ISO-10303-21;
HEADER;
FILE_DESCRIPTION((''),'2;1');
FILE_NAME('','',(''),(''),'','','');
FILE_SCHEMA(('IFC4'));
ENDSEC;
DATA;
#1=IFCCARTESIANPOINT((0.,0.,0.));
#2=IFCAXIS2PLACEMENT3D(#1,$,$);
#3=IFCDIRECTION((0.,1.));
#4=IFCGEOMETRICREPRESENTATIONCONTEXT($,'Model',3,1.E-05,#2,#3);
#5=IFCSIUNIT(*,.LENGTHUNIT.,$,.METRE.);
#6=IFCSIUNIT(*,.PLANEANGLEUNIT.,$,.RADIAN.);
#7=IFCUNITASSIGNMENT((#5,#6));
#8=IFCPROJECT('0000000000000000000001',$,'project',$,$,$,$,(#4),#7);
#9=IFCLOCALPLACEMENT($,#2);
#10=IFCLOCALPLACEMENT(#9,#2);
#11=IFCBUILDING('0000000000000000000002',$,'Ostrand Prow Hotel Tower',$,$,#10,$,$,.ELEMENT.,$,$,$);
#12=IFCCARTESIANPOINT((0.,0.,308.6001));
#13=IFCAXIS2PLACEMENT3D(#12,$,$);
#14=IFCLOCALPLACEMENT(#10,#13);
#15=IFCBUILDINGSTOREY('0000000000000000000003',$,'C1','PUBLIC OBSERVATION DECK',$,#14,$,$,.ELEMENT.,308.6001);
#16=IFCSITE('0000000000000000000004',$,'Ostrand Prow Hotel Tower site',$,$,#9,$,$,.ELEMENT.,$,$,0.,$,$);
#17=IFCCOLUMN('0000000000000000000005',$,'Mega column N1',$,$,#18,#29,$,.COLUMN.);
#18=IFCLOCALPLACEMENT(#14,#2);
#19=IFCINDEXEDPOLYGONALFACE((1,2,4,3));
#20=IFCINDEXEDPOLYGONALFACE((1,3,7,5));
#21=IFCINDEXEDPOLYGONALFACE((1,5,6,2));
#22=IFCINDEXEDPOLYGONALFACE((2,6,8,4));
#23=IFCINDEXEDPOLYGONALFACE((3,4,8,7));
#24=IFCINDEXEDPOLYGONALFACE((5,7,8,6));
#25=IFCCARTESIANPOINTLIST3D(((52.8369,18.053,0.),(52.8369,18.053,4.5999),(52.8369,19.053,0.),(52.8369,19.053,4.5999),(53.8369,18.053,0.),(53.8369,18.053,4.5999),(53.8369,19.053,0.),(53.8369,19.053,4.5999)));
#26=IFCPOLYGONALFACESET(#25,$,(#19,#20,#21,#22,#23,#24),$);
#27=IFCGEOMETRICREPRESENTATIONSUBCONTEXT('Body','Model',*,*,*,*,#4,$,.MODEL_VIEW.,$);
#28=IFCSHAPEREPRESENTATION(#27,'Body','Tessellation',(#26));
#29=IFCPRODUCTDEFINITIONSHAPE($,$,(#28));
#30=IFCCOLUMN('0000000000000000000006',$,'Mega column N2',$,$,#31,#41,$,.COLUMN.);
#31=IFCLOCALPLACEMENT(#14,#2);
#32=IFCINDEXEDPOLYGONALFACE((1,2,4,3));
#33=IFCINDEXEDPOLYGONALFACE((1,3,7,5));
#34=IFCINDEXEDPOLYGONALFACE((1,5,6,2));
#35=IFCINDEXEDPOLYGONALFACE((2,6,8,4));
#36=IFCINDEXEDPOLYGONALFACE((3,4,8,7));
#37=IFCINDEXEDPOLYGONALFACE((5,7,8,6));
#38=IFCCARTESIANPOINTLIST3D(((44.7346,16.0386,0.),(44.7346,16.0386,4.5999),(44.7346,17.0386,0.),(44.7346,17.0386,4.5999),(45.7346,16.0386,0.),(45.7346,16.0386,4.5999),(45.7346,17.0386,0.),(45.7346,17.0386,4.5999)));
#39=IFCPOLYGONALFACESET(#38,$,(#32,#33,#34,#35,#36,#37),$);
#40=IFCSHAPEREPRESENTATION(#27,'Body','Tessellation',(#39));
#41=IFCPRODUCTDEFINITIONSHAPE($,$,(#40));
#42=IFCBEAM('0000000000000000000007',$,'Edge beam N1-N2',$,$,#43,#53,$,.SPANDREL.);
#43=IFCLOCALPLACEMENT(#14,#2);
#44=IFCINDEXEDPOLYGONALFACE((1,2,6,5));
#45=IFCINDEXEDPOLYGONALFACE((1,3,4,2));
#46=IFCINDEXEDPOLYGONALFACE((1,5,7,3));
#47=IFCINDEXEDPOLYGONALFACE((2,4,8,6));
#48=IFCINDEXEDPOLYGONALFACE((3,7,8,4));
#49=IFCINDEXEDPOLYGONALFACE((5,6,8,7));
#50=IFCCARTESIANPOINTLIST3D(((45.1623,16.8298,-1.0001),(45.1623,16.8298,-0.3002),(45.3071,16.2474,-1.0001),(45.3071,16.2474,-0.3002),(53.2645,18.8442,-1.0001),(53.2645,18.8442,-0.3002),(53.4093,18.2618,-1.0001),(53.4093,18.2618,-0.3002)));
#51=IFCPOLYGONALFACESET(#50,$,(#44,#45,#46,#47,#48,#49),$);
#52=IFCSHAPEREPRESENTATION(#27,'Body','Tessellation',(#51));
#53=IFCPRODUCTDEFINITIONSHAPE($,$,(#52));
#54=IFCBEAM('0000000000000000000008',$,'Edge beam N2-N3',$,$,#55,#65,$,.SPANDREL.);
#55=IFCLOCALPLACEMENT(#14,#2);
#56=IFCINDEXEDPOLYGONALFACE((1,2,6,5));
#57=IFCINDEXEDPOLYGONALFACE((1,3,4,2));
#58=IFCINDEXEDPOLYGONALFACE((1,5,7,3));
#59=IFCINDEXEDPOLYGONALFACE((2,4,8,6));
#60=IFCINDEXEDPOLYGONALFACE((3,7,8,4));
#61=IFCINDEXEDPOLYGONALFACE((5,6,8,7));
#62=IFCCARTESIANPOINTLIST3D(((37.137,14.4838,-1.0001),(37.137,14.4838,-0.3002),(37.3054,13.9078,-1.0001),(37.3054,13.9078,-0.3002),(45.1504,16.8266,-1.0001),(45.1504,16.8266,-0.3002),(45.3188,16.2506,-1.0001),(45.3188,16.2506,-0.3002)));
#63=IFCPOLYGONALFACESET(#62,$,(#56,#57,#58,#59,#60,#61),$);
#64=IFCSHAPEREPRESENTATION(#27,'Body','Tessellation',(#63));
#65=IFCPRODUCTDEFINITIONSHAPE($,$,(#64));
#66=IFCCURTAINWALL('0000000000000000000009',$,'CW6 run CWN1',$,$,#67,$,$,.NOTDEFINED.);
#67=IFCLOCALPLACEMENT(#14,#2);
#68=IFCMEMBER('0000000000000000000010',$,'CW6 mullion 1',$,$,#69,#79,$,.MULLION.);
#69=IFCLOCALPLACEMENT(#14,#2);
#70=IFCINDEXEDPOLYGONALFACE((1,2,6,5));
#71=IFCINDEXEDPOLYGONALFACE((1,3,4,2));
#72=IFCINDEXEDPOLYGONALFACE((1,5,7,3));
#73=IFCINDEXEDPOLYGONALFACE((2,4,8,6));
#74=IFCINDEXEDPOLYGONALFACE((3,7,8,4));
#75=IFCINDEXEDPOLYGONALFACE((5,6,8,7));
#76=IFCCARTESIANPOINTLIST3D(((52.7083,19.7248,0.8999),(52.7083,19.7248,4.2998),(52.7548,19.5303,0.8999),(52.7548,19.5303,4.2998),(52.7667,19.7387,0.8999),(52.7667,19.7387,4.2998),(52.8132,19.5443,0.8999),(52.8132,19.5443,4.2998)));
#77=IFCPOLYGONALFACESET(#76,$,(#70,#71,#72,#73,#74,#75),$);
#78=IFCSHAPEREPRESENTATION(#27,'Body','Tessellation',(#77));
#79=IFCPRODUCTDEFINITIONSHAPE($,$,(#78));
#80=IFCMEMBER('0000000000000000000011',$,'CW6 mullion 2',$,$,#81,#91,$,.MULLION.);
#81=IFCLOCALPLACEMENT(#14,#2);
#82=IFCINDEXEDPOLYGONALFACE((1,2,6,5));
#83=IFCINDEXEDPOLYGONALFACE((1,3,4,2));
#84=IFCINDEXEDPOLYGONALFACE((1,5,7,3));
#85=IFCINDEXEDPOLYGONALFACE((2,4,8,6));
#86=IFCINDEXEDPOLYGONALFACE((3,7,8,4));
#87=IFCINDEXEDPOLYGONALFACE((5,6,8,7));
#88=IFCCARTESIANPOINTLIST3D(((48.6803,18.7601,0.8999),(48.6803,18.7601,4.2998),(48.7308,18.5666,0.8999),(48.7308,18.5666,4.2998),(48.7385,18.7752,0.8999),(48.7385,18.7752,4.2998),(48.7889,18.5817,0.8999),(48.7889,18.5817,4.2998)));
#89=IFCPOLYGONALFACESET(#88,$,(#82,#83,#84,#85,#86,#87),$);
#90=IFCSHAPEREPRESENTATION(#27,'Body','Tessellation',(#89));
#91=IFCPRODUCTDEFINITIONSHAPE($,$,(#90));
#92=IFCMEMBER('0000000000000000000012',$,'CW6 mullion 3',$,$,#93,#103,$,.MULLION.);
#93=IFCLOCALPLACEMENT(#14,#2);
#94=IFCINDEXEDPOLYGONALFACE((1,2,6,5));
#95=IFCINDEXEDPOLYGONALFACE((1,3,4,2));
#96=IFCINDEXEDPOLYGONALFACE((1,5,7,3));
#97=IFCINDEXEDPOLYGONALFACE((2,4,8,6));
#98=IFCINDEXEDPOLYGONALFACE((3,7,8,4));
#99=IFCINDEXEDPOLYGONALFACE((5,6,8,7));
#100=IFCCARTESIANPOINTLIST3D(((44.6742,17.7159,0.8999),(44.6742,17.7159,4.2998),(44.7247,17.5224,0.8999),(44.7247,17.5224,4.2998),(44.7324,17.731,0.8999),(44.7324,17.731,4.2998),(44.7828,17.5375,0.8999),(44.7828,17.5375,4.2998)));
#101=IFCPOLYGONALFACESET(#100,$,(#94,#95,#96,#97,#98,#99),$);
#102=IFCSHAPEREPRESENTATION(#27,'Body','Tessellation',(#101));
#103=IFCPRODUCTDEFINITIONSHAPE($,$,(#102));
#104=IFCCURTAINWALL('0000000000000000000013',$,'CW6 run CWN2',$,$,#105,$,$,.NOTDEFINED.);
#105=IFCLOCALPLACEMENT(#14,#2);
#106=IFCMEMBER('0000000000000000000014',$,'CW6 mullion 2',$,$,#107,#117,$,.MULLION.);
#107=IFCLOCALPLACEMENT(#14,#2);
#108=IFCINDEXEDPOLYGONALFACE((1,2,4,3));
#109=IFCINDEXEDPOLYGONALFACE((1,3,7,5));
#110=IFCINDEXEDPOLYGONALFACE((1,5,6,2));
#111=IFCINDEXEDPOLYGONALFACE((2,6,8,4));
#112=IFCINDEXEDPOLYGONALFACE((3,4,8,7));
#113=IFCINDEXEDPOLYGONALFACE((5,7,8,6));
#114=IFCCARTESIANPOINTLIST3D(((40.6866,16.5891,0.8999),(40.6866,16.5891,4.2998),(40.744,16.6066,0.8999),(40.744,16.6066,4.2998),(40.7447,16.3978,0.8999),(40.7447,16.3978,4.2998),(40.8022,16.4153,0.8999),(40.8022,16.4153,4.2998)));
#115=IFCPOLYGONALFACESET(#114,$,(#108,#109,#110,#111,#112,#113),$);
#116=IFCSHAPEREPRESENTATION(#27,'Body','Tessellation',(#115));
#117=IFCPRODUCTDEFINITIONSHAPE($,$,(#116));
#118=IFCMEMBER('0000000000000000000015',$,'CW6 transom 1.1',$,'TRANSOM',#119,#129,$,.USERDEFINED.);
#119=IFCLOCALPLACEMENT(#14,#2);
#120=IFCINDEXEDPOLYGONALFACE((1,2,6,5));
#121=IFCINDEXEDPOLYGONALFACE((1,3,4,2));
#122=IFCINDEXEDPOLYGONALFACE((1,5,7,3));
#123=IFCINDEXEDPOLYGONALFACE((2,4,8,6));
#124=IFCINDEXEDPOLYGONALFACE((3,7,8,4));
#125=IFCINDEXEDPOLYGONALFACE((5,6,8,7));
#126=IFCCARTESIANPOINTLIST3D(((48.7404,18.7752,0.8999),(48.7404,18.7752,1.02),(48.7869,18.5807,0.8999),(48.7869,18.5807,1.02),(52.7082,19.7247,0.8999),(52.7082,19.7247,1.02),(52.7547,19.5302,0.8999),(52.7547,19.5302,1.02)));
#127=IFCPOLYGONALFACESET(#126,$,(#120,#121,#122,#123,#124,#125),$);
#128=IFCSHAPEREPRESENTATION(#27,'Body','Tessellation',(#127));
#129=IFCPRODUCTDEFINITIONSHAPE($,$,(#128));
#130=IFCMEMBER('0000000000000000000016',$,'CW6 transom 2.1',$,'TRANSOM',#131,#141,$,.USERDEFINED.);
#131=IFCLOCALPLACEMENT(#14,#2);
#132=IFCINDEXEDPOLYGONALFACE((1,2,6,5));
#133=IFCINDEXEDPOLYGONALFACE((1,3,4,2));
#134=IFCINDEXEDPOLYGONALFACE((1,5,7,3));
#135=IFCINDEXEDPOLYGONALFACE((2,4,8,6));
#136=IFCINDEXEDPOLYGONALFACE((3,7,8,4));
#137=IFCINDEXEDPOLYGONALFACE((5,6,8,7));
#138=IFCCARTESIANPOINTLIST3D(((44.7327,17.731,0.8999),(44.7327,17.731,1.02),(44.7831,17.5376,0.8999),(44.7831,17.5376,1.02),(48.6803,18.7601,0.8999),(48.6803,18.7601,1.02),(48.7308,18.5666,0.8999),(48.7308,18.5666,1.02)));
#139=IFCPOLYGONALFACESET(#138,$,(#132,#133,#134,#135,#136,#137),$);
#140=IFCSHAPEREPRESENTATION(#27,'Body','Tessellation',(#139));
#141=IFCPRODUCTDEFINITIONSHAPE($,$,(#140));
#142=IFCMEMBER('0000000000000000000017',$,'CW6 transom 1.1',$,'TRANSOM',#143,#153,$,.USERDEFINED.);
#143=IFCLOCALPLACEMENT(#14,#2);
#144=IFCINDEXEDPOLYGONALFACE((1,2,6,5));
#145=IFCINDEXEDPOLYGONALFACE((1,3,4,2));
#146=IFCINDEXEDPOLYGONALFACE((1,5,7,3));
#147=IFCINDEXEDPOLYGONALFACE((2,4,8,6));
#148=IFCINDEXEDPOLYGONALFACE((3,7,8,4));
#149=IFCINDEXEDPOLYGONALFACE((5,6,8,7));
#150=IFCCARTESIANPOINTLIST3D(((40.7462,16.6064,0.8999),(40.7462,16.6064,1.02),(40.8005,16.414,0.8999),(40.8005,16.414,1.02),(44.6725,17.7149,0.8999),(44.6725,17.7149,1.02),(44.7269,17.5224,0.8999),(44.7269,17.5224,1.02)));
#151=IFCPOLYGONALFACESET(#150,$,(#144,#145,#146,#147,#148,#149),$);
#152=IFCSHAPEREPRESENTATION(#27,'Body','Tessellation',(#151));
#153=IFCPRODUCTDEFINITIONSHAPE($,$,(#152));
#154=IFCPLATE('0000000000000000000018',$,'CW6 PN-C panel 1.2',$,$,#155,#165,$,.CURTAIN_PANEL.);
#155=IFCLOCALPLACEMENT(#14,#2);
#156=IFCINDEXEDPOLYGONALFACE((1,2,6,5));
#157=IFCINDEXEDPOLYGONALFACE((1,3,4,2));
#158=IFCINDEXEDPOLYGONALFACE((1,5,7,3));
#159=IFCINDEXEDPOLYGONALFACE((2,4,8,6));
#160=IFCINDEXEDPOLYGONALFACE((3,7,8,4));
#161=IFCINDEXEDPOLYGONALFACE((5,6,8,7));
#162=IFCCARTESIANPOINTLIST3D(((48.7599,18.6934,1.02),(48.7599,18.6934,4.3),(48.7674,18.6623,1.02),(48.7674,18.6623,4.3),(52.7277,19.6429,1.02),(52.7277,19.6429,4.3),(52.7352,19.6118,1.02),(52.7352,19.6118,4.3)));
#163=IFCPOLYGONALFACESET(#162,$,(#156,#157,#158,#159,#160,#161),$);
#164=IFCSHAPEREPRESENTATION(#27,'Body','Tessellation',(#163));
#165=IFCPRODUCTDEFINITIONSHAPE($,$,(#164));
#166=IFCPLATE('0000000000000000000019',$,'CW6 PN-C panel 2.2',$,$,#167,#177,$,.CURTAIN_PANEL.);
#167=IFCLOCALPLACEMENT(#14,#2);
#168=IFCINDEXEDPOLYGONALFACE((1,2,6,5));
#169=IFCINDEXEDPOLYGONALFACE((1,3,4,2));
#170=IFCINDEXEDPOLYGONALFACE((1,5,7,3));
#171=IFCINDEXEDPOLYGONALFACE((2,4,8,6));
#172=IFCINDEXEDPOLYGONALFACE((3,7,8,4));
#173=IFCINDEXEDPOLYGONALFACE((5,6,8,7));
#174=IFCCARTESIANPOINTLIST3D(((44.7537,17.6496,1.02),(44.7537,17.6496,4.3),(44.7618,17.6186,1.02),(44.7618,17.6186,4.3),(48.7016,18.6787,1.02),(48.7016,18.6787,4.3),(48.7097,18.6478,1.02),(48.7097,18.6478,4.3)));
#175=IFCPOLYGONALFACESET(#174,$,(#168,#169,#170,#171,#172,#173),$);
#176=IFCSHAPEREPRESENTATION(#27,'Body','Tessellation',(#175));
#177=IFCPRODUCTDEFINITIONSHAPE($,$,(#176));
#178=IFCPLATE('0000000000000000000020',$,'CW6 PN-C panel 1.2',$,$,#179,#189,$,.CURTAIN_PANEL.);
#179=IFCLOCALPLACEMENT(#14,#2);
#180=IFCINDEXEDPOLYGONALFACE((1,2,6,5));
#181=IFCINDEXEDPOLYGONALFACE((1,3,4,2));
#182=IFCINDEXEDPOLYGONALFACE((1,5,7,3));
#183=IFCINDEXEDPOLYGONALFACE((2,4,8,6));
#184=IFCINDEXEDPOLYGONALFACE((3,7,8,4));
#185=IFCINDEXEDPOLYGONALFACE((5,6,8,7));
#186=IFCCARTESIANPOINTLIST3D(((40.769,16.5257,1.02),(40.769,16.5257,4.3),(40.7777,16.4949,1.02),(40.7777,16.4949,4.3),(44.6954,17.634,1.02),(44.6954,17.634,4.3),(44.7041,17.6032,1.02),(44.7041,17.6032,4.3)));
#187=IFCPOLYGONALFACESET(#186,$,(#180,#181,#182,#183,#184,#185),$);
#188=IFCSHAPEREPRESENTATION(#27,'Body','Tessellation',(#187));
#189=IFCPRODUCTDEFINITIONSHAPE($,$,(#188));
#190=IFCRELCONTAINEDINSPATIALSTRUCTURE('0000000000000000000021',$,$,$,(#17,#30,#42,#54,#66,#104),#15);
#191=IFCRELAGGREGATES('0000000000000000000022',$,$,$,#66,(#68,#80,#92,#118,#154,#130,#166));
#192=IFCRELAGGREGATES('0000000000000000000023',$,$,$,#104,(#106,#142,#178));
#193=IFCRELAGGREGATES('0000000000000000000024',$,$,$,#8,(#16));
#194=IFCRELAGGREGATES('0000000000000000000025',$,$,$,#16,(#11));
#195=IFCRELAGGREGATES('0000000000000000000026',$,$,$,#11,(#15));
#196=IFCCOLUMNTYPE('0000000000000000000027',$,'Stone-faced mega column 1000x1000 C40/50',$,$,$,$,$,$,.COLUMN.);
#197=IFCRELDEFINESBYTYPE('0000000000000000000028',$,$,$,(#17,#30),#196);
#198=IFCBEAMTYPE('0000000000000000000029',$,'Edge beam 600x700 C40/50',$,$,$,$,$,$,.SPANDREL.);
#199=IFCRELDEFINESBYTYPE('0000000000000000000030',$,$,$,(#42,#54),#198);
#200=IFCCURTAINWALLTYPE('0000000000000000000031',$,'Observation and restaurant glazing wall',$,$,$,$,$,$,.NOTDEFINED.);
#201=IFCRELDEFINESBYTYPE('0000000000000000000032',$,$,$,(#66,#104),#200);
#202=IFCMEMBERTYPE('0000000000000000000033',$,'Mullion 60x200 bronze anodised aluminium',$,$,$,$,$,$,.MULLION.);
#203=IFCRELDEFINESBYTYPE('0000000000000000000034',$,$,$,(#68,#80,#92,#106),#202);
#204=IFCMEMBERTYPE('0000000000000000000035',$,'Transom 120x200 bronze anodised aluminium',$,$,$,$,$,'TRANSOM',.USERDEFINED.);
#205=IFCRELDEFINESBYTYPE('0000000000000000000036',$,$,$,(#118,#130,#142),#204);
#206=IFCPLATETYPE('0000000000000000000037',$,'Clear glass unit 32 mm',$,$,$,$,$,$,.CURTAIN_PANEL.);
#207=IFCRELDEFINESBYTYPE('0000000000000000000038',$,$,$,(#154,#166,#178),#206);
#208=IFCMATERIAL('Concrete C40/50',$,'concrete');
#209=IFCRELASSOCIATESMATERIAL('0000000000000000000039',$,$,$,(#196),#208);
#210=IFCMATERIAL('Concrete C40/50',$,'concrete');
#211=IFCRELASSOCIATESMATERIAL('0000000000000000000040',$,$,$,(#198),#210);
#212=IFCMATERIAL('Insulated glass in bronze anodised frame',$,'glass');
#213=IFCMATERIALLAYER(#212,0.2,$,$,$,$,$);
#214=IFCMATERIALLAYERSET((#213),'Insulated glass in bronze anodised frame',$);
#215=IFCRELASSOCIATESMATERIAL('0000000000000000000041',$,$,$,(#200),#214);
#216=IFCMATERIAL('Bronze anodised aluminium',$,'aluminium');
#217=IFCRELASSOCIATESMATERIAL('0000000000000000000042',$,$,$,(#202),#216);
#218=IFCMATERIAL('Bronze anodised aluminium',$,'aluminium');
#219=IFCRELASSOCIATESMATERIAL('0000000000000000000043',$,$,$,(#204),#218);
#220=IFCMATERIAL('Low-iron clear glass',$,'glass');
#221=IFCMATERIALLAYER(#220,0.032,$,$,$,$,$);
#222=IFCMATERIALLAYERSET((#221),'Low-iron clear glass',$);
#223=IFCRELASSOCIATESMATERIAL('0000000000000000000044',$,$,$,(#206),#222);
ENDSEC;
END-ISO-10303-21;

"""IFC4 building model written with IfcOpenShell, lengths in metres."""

from ifc_helpers import new_model, si_unit, direction, frame, origin, origin_2d, place, context, subcontext, project, spatial, rectangle, extrude, material, layer, layer_set, material_profile, profile_set, type_object, element, aggregate, save


model = new_model("IFC4")

# Units and contexts
model_context = context("Model", 3, precision=1e-05, world=origin(), true_north=direction((0.0, 1.0)))
body_context = subcontext(model_context, "Body", "Model", "MODEL_VIEW")
ifc_project = project(units=[si_unit("LENGTHUNIT", "METRE"), si_unit("PLANEANGLEUNIT", "RADIAN")], contexts=[model_context])

# Site, building, storey
site_placement = place(None, origin())
site = spatial("IfcSite", under=ifc_project, at=site_placement, Name="Ostrand Prow Hotel Tower site", CompositionType="ELEMENT", RefElevation=0.0)
building_placement = place(site_placement, origin())
building = spatial("IfcBuilding", under=site, at=building_placement, Name="Ostrand Prow Hotel Tower", CompositionType="ELEMENT")
storey_placement = place(building_placement, frame((0.0, 0.0, 308.6001)))
storey = spatial("IfcBuildingStorey", under=building, at=storey_placement, Name="C1", Description="PUBLIC OBSERVATION DECK", CompositionType="ELEMENT", Elevation=308.6001)

# Columns
ifc_material_1 = material(Name="Concrete C40/50", Category="concrete")
ifc_material_profile_1 = material_profile(ifc_material_1, rectangle(XDim=1.0, YDim=1.0, at=origin_2d()), Name="RC 1000x1000")
ifc_profile_set_1 = profile_set([ifc_material_profile_1], Name="Concrete C40/50")
column_type = type_object("IfcColumnType", Name="Stone-faced mega column 1000x1000 C40/50", PredefinedType="COLUMN", material=ifc_profile_set_1)
for number, where, z_axis, x_axis, name in (
    (1, (53.3369, 18.553, 0.0), (0.0, 0.0, 1.0), (1.0, 0.0, 0.0), "Mega column N1"),
    (2, (45.2346, 16.5386, 0.0), (0.0, 0.0, 1.0), (1.0, 0.0, 0.0), "Mega column N2"),
):
    element("IfcColumn", number, at=place(storey_placement, frame(where, z_axis=z_axis, x_axis=x_axis)), inside=storey, type_object=column_type, Name=name, PredefinedType="COLUMN", context=body_context, shape_type="SweptSolid", body=[
        extrude(rectangle(XDim=1.0, YDim=1.0, at=origin_2d()), origin(), (0.0, 0.0, 1.0), 4.5999),
    ])

# Beams
ifc_material_2 = material(Name="Concrete C40/50", Category="concrete")
ifc_material_profile_2 = material_profile(ifc_material_2, rectangle(XDim=0.6001, YDim=0.7, at=origin_2d()), Name="RC 600x700")
ifc_profile_set_2 = profile_set([ifc_material_profile_2], Name="Concrete C40/50")
beam_type = type_object("IfcBeamType", Name="Edge beam 600x700 C40/50", PredefinedType="SPANDREL", material=ifc_profile_set_2)
for number, where, z_axis, x_axis, name in (
    (3, (53.3369, 18.553, -0.6501), (-0.970456, -0.241276, 0.0), (0.241276, -0.970456, 0.0), "Edge beam N1-N2"),
    (4, (45.2346, 16.5386, -0.6501), (-0.959822, -0.28061, 0.0), (0.28061, -0.959822, 0.0), "Edge beam N2-N3"),
):
    element("IfcBeam", number, at=place(storey_placement, frame(where, z_axis=z_axis, x_axis=x_axis)), inside=storey, type_object=beam_type, Name=name, PredefinedType="SPANDREL", context=body_context, shape_type="SweptSolid", body=[
        extrude(rectangle(XDim=0.6001, YDim=0.7, at=origin_2d()), origin(), (0.0, 0.0, 1.0), 8.3489),
    ])

# Curtain wall, members
ifc_material_3 = material(Name="Insulated glass in bronze anodised frame", Category="glass")
ifc_layer_1 = layer(ifc_material_3, 0.2)
ifc_layer_set_1 = layer_set([ifc_layer_1], Name="Insulated glass in bronze anodised frame")
curtain_wall_type = type_object("IfcCurtainWallType", Name="Observation and restaurant glazing wall", PredefinedType="NOTDEFINED", material=ifc_layer_set_1)
curtain_wall_1_placement = place(storey_placement, origin())
curtain_wall_1 = element("IfcCurtainWall", 5, at=curtain_wall_1_placement, inside=storey, type_object=curtain_wall_type, Name="CW6 run CWN1", PredefinedType="NOTDEFINED")
ifc_material_4 = material(Name="Bronze anodised aluminium", Category="aluminium")
ifc_material_profile_3 = material_profile(ifc_material_4, rectangle(XDim=0.2, YDim=0.0601, at=origin_2d()), Name="Mullion 60x200 bronze anodised aluminium")
ifc_profile_set_3 = profile_set([ifc_material_profile_3], Name="Bronze anodised aluminium")
member_type_1 = type_object("IfcMemberType", Name="Mullion 60x200 bronze anodised aluminium", PredefinedType="MULLION", material=ifc_profile_set_3)
member_1_placement = place(storey_placement, frame((52.7607, 19.6345, 0.8999), z_axis=(0.0, 0.0, 1.0), x_axis=(0.232746, -0.972538, 0.0)))
member_1 = element("IfcMember", 6, at=member_1_placement, type_object=member_type_1, Name="CW6 mullion 1", PredefinedType="MULLION", context=body_context, shape_type="SweptSolid", body=[
    extrude(rectangle(XDim=0.2, YDim=0.0601, at=origin_2d()), origin(), (0.0, 0.0, 1.0), 3.3999),
])
member_2_placement = place(storey_placement, frame((48.7346, 18.6709, 0.8999), z_axis=(0.0, 0.0, 1.0), x_axis=(0.252248, -0.967663, 0.0)))
member_2 = element("IfcMember", 7, at=member_2_placement, type_object=member_type_1, Name="CW6 mullion 2", PredefinedType="MULLION", context=body_context, shape_type="SweptSolid", body=[
    extrude(rectangle(XDim=0.2, YDim=0.0601, at=origin_2d()), origin(), (0.0, 0.0, 1.0), 3.3999),
])
member_3_placement = place(storey_placement, frame((44.7285, 17.6267, 0.8999), z_axis=(0.0, 0.0, 1.0), x_axis=(0.252248, -0.967663, 0.0)))
member_3 = element("IfcMember", 8, at=member_3_placement, type_object=member_type_1, Name="CW6 mullion 3", PredefinedType="MULLION", context=body_context, shape_type="SweptSolid", body=[
    extrude(rectangle(XDim=0.2, YDim=0.0601, at=origin_2d()), origin(), (0.0, 0.0, 1.0), 3.3999),
])

# Curtain wall, member
curtain_wall_2_placement = place(storey_placement, origin())
curtain_wall_2 = element("IfcCurtainWall", 9, at=curtain_wall_2_placement, inside=storey, type_object=curtain_wall_type, Name="CW6 run CWN2", PredefinedType="NOTDEFINED")
member_4_placement = place(storey_placement, frame((40.7444, 16.5022, 0.8999), z_axis=(0.0, 0.0, 1.0), x_axis=(0.290938, -0.956742, 0.0)))
member_4 = element("IfcMember", 10, at=member_4_placement, type_object=member_type_1, Name="CW6 mullion 2", PredefinedType="MULLION", context=body_context, shape_type="SweptSolid", body=[
    extrude(rectangle(XDim=0.2, YDim=0.0601, at=origin_2d()), origin(), (0.0, 0.0, 1.0), 3.3999),
])

# Members
ifc_material_5 = material(Name="Bronze anodised aluminium", Category="aluminium")
ifc_material_profile_4 = material_profile(ifc_material_5, rectangle(XDim=0.2, YDim=0.1201, at=origin_2d()), Name="Transom 120x200 bronze anodised aluminium")
ifc_profile_set_4 = profile_set([ifc_material_profile_4], Name="Bronze anodised aluminium")
member_type_2 = type_object("IfcMemberType", Name="Transom 120x200 bronze anodised aluminium", ElementType="TRANSOM", PredefinedType="USERDEFINED", material=ifc_profile_set_4)
member_5_placement = place(storey_placement, frame((52.7314, 19.6274, 0.96), z_axis=(-0.972543, -0.232723, 0.0), x_axis=(0.232723, -0.972543, 0.0)))
member_5 = element("IfcMember", 11, at=member_5_placement, type_object=member_type_2, Name="CW6 transom 1.1", ObjectType="TRANSOM", PredefinedType="USERDEFINED", context=body_context, shape_type="SweptSolid", body=[
    extrude(rectangle(XDim=0.2, YDim=0.1201, at=origin_2d()), origin(), (0.0, 0.0, 1.0), 4.0798),
])
member_6_placement = place(storey_placement, frame((48.7056, 18.6633, 0.96), z_axis=(-0.967665, -0.252239, 0.0), x_axis=(0.252239, -0.967665, 0.0)))
member_6 = element("IfcMember", 12, at=member_6_placement, type_object=member_type_2, Name="CW6 transom 2.1", ObjectType="TRANSOM", PredefinedType="USERDEFINED", context=body_context, shape_type="SweptSolid", body=[
    extrude(rectangle(XDim=0.2, YDim=0.1201, at=origin_2d()), origin(), (0.0, 0.0, 1.0), 4.0796),
])
member_7_placement = place(storey_placement, frame((44.6997, 17.6187, 0.96), z_axis=(-0.962386, -0.271685, 0.0), x_axis=(0.271685, -0.962386, 0.0)))
member_7 = element("IfcMember", 13, at=member_7_placement, type_object=member_type_2, Name="CW6 transom 1.1", ObjectType="TRANSOM", PredefinedType="USERDEFINED", context=body_context, shape_type="SweptSolid", body=[
    extrude(rectangle(XDim=0.2, YDim=0.1201, at=origin_2d()), origin(), (0.0, 0.0, 1.0), 4.0798),
])

# Plates
ifc_material_6 = material(Name="Low-iron clear glass", Category="glass")
ifc_layer_2 = layer(ifc_material_6, 0.032)
ifc_layer_set_2 = layer_set([ifc_layer_2], Name="Low-iron clear glass")
plate_type = type_object("IfcPlateType", Name="Clear glass unit 32 mm", PredefinedType="CURTAIN_PANEL", material=ifc_layer_set_2)
plate_1_placement = place(storey_placement, frame((50.7476, 19.1526, 1.02), z_axis=(0.0, 0.0, 1.0), x_axis=(-0.972538, -0.232746, 0.0)))
plate_1 = element("IfcPlate", 14, at=plate_1_placement, type_object=plate_type, Name="CW6 PN-C panel 1.2", PredefinedType="CURTAIN_PANEL", context=body_context, shape_type="SweptSolid", body=[
    extrude(rectangle(XDim=4.0798, YDim=0.032, at=origin_2d()), origin(), (0.0, 0.0, 1.0), 3.28),
])
plate_2_placement = place(storey_placement, frame((46.7317, 18.1487, 1.02), z_axis=(0.0, 0.0, 1.0), x_axis=(-0.967663, -0.252248, 0.0)))
plate_2 = element("IfcPlate", 15, at=plate_2_placement, type_object=plate_type, Name="CW6 PN-C panel 2.2", PredefinedType="CURTAIN_PANEL", context=body_context, shape_type="SweptSolid", body=[
    extrude(rectangle(XDim=4.0798, YDim=0.032, at=origin_2d()), origin(), (0.0, 0.0, 1.0), 3.28),
])
aggregate(curtain_wall_1, [member_1, member_2, member_3, member_5, plate_1, member_6, plate_2])
plate_3_placement = place(storey_placement, frame((42.7366, 17.0645, 1.02), z_axis=(0.0, 0.0, 1.0), x_axis=(-0.962396, -0.271649, 0.0)))
plate_3 = element("IfcPlate", 16, at=plate_3_placement, type_object=plate_type, Name="CW6 PN-C panel 1.2", PredefinedType="CURTAIN_PANEL", context=body_context, shape_type="SweptSolid", body=[
    extrude(rectangle(XDim=4.0798, YDim=0.032, at=origin_2d()), origin(), (0.0, 0.0, 1.0), 3.28),
])
aggregate(curtain_wall_2, [member_4, member_7, plate_3])

save(model, "model.ifc")
